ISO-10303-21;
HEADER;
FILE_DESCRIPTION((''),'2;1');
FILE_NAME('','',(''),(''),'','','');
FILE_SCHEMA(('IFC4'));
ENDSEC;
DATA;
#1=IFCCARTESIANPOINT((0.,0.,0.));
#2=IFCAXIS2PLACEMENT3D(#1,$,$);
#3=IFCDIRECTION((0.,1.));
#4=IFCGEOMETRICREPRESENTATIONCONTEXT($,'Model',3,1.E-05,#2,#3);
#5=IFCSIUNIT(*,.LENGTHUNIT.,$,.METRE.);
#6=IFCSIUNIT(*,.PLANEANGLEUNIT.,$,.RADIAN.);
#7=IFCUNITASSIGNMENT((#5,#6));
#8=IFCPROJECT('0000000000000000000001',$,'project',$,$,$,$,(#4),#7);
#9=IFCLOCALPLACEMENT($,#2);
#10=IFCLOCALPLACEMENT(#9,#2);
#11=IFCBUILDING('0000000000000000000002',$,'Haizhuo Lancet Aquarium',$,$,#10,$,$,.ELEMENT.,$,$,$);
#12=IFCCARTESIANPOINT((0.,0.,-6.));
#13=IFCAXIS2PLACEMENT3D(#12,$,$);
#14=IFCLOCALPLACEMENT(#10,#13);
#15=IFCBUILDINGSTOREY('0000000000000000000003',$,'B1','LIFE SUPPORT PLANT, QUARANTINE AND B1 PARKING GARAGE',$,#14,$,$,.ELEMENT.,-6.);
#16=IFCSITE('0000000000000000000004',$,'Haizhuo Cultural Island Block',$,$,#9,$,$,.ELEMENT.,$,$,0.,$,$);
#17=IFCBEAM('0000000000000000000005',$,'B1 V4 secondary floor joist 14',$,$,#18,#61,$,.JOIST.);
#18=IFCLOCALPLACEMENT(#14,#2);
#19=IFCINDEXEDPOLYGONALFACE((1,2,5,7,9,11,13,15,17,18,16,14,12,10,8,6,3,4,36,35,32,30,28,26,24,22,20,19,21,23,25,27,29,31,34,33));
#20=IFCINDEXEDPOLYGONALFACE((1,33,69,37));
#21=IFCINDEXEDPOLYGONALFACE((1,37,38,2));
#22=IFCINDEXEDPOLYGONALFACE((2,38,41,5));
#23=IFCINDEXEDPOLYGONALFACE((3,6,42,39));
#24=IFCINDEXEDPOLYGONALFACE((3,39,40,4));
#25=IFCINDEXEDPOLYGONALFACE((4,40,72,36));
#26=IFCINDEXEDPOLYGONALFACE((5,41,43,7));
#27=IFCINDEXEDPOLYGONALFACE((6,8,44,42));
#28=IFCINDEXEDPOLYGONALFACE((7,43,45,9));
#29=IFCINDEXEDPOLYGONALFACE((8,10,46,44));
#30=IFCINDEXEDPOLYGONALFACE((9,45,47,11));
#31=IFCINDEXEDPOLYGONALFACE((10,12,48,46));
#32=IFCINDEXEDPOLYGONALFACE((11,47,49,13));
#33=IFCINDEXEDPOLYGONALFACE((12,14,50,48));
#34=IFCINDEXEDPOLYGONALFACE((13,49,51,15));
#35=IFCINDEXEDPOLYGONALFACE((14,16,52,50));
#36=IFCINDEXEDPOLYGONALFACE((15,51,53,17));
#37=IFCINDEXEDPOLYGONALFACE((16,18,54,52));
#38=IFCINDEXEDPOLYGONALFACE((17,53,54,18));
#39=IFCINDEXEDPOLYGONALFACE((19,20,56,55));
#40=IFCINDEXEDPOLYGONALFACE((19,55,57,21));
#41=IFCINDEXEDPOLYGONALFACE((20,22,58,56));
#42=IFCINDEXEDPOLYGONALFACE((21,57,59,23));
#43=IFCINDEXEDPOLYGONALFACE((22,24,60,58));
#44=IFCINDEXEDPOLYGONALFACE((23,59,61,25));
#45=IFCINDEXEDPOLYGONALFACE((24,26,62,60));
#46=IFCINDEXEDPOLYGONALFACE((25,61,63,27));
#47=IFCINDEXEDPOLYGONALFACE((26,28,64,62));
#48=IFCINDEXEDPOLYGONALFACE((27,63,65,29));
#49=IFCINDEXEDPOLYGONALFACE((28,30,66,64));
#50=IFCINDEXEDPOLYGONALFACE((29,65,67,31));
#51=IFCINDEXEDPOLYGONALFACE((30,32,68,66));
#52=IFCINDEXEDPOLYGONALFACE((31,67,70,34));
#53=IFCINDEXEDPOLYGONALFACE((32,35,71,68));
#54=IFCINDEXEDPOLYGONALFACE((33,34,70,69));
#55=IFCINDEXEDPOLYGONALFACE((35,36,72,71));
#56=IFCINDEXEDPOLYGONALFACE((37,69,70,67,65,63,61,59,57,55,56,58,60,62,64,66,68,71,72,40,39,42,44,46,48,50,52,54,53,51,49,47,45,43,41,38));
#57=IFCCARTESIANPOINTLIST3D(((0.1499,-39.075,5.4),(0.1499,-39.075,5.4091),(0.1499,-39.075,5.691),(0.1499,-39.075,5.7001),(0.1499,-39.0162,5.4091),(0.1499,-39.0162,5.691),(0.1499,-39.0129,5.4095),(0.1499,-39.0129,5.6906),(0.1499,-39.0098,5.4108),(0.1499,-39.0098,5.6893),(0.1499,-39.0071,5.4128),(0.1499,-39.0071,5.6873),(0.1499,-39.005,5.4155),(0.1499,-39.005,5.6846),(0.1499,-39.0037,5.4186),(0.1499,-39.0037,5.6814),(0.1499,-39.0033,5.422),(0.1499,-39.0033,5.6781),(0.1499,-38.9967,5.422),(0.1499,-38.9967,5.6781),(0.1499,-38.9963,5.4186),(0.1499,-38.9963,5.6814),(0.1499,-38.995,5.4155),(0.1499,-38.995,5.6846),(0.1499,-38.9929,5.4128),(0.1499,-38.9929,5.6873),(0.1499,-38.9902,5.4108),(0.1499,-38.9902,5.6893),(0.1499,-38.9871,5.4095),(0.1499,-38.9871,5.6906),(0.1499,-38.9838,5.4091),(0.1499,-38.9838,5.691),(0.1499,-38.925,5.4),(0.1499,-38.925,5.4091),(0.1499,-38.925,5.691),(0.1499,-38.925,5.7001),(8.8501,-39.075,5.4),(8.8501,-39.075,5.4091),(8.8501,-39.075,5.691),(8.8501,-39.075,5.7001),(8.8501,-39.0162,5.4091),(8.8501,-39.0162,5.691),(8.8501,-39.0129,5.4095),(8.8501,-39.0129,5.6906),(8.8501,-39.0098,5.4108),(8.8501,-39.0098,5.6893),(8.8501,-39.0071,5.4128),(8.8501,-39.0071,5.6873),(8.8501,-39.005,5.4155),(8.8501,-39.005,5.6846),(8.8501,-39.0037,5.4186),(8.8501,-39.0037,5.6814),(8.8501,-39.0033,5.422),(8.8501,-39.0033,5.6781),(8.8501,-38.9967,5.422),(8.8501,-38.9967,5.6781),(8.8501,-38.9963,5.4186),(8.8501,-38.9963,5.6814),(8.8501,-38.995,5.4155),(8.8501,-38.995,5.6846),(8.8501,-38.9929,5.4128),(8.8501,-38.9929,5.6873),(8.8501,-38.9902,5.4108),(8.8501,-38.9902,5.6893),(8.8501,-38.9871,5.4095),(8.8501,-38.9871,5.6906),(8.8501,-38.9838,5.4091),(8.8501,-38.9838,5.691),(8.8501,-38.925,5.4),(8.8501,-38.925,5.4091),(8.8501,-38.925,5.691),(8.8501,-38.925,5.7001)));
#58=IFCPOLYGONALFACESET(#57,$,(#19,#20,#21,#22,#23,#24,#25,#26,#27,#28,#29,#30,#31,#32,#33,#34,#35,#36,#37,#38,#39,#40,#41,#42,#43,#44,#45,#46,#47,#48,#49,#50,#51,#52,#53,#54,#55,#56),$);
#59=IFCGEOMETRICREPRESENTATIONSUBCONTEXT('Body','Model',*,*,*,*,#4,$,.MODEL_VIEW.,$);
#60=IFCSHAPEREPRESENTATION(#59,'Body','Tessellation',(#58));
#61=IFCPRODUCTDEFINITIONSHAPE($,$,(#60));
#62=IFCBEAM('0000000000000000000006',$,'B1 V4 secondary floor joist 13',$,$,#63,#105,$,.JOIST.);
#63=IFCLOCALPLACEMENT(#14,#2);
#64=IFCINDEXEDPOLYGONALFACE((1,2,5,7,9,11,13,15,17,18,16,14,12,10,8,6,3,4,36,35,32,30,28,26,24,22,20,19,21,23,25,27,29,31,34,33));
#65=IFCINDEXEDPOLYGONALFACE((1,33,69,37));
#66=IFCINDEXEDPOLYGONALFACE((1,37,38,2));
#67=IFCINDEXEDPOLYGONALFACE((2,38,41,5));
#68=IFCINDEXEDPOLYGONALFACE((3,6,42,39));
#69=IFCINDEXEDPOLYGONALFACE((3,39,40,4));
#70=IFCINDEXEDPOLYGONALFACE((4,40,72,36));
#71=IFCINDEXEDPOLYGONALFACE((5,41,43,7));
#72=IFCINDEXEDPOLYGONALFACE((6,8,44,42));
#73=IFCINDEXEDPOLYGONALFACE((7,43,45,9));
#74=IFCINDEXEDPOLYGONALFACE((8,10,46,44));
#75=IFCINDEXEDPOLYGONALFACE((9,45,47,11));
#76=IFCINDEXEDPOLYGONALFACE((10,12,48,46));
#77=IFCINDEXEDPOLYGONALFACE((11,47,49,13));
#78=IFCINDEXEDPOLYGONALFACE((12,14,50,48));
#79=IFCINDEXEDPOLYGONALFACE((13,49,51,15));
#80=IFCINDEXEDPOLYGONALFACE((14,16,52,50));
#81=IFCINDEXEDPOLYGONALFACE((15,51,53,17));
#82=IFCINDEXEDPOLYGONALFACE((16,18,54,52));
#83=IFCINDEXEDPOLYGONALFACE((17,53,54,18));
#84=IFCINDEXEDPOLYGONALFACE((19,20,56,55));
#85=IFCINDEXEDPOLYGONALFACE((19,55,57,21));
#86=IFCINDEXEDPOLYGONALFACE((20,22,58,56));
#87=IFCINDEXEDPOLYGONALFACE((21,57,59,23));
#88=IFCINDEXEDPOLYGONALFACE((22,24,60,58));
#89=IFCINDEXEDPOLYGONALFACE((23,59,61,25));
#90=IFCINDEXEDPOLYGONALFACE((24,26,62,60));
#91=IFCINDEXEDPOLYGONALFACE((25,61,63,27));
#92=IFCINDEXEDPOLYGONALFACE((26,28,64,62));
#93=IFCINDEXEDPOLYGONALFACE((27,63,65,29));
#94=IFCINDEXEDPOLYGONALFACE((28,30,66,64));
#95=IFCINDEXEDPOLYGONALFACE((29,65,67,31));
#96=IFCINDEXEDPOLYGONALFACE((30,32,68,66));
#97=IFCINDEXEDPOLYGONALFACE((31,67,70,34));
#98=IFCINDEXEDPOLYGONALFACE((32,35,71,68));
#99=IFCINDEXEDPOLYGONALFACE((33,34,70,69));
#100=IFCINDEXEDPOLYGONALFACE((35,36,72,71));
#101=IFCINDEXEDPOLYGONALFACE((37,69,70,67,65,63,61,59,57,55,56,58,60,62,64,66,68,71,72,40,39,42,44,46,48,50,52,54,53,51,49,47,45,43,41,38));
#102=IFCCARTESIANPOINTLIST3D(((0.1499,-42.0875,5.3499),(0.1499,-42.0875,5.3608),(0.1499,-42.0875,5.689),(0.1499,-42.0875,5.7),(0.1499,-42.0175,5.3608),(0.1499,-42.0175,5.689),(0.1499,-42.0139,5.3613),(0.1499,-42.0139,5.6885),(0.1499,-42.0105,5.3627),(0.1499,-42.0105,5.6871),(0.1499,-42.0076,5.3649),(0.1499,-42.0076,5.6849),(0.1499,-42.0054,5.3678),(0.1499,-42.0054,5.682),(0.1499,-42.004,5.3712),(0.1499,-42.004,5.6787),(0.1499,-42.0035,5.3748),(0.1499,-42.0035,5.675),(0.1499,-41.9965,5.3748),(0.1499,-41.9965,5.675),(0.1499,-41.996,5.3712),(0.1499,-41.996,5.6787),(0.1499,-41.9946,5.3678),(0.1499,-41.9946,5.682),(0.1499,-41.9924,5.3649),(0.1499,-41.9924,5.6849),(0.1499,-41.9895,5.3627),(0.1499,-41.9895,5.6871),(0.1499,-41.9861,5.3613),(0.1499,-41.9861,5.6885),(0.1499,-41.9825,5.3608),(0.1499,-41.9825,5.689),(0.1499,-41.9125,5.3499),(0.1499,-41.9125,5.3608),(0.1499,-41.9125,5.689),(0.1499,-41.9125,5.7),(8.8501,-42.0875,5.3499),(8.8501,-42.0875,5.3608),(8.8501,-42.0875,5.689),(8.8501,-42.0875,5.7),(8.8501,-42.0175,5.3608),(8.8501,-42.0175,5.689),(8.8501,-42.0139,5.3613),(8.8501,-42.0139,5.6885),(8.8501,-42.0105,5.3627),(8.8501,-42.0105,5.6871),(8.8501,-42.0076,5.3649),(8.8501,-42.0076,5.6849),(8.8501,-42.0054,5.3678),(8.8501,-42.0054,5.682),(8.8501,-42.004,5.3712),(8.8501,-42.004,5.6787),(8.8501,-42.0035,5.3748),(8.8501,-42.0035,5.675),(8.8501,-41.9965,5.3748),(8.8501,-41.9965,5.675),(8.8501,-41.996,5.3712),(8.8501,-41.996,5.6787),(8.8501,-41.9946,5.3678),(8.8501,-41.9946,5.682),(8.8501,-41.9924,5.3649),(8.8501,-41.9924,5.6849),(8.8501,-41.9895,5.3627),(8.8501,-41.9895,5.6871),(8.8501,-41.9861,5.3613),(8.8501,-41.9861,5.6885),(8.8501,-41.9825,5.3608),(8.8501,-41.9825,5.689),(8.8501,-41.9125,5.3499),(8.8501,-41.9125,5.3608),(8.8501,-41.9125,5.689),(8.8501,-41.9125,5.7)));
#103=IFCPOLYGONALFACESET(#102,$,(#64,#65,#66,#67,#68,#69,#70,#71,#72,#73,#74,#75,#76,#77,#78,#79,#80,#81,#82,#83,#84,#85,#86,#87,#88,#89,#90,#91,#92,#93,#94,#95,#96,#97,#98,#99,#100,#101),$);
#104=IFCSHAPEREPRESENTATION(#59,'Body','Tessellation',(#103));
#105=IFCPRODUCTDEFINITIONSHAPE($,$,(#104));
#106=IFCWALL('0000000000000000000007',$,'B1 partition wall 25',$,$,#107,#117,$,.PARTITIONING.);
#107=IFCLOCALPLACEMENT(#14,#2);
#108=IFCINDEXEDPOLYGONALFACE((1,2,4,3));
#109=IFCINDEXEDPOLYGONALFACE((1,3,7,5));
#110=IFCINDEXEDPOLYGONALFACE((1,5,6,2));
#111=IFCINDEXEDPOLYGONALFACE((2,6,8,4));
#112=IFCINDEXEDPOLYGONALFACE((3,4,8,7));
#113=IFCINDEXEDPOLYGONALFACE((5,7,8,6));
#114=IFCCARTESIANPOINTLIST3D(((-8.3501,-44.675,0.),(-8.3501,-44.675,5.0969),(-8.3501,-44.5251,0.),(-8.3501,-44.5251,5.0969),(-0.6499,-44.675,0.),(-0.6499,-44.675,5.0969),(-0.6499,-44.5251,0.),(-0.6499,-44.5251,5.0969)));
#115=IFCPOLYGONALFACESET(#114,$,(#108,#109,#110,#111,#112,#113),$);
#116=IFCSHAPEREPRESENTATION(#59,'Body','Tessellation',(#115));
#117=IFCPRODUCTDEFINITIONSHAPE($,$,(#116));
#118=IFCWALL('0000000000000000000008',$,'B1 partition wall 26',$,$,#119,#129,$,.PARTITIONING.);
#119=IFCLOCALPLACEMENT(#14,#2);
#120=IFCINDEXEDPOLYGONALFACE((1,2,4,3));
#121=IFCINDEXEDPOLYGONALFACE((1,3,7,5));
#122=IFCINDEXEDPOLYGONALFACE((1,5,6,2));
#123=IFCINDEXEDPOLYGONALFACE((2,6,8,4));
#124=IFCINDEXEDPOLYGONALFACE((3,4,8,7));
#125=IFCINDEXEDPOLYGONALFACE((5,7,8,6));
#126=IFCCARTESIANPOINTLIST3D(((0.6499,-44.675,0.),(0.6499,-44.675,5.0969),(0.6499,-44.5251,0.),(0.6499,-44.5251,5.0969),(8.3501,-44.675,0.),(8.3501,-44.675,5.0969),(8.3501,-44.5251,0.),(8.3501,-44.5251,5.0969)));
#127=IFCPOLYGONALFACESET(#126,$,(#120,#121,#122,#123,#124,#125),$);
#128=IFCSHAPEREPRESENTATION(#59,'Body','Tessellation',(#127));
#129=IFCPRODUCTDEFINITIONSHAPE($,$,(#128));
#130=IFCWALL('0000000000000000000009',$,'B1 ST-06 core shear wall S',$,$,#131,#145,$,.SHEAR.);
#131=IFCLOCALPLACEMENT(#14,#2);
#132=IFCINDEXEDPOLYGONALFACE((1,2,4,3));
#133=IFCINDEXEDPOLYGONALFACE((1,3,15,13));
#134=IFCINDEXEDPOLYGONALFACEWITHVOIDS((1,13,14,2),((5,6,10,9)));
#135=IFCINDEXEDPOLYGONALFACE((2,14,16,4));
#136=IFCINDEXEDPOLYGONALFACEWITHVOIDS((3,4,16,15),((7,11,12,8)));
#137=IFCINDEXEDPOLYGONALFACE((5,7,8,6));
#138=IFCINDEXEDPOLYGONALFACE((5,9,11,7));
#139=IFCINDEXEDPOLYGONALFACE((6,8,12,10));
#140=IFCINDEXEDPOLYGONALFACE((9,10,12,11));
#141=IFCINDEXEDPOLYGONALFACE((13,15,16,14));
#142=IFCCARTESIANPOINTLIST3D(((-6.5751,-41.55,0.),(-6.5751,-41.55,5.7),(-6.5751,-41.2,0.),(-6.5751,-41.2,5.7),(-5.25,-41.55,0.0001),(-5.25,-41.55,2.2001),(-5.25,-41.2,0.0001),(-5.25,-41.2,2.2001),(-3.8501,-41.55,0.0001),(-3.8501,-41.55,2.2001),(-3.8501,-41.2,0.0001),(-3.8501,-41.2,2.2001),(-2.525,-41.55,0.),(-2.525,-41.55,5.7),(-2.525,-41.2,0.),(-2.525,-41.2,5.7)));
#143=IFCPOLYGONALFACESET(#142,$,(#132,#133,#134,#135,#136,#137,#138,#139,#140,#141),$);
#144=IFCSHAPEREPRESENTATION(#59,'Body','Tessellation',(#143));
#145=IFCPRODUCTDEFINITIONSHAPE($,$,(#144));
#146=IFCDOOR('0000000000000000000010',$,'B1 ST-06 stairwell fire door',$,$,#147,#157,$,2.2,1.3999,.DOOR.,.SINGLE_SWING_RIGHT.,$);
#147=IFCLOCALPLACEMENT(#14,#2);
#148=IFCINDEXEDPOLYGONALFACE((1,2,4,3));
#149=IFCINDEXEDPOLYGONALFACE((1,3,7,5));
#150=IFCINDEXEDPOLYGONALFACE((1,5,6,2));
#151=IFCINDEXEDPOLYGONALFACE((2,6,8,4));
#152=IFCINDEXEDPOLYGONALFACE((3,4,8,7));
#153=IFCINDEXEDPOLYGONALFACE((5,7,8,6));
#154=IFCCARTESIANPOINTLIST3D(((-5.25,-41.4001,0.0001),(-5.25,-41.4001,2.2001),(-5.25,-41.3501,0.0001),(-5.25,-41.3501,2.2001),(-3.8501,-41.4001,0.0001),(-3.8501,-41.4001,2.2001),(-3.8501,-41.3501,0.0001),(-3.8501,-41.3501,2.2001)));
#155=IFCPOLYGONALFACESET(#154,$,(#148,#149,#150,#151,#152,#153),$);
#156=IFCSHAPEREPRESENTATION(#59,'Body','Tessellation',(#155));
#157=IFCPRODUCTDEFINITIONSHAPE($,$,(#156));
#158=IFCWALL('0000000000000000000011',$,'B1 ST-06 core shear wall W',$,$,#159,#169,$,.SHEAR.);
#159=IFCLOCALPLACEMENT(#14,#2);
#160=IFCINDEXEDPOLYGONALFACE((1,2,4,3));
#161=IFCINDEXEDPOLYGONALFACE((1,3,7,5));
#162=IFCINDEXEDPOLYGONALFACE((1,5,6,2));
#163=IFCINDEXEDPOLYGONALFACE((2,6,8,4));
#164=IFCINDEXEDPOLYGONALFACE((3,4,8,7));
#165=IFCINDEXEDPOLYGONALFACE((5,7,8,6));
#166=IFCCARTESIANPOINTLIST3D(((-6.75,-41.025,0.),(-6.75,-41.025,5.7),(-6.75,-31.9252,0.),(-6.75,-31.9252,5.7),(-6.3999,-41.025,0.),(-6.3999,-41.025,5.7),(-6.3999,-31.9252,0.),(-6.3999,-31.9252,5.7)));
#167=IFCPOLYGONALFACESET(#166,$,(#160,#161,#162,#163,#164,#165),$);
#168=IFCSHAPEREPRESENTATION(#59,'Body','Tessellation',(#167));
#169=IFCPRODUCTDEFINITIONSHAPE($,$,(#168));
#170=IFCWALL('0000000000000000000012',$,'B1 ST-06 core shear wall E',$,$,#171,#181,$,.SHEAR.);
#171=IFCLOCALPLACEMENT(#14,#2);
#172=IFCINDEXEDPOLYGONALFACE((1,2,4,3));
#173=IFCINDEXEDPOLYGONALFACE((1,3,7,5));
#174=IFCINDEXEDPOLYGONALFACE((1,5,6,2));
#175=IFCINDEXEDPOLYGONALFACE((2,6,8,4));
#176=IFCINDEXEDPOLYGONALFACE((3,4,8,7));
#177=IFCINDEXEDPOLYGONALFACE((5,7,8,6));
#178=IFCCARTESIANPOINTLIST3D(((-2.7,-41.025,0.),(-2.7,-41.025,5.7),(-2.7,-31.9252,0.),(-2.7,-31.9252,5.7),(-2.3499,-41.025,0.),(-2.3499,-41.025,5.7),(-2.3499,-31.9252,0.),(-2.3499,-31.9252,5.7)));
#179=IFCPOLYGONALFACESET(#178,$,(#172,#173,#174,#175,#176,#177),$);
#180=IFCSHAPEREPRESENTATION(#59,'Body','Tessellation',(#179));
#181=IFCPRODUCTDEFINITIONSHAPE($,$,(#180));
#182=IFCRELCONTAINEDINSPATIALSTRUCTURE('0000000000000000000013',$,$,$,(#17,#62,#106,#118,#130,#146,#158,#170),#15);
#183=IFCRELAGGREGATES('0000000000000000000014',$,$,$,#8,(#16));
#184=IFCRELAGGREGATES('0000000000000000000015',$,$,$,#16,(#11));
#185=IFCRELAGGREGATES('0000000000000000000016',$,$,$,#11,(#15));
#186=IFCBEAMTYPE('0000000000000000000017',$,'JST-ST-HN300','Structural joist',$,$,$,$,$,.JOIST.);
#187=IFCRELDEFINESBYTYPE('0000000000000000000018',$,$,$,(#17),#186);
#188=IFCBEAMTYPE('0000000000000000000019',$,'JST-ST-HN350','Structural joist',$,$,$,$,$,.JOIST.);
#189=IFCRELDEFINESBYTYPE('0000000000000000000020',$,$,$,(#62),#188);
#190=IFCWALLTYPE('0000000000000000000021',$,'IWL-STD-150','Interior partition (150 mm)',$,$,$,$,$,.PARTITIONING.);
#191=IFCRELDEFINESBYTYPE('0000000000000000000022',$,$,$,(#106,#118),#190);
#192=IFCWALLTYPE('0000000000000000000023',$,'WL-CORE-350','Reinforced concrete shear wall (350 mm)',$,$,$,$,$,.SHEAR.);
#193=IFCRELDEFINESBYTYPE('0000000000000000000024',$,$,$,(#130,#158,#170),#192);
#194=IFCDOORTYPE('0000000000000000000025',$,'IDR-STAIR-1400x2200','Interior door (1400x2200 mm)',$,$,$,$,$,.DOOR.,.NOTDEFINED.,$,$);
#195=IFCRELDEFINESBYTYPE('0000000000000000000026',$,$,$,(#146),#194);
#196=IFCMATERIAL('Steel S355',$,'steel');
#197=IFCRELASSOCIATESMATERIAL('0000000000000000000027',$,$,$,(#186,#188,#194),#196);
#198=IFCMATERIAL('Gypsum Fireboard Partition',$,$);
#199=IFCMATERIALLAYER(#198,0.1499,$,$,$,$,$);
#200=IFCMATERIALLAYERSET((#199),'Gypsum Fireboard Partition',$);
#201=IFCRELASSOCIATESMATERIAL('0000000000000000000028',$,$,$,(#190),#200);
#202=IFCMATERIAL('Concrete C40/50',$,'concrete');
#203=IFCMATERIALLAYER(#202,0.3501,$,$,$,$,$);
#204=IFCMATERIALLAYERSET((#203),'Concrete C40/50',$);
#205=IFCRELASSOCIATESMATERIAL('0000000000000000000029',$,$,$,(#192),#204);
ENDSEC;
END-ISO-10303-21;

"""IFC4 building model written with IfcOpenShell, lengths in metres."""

from ifc_helpers import new_model, si_unit, direction, frame, frame_2d, origin, origin_2d, place, context, subcontext, project, spatial, rectangle, i_section, extrude, material, layer, layer_set, material_profile, profile_set, type_object, element, fill, save


model = new_model("IFC4")

# Units and contexts
model_context = context("Model", 3, precision=1e-05, world=origin(), true_north=direction((0.0, 1.0)))
body_context = subcontext(model_context, "Body", "Model", "MODEL_VIEW")
ifc_project = project(units=[si_unit("LENGTHUNIT", "METRE"), si_unit("PLANEANGLEUNIT", "RADIAN")], contexts=[model_context])

# Site, building, storey
site_placement = place(None, origin())
site = spatial("IfcSite", under=ifc_project, at=site_placement, Name="Haizhuo Cultural Island Block", CompositionType="ELEMENT", RefElevation=0.0)
building_placement = place(site_placement, origin())
building = spatial("IfcBuilding", under=site, at=building_placement, Name="Haizhuo Lancet Aquarium", CompositionType="ELEMENT")
storey_placement = place(building_placement, frame((0.0, 0.0, -6.0)))
storey = spatial("IfcBuildingStorey", under=building, at=storey_placement, Name="B1", Description="LIFE SUPPORT PLANT, QUARANTINE AND B1 PARKING GARAGE", CompositionType="ELEMENT", Elevation=-6.0)

# Shared definitions
ifc_material_1 = material(Name="Concrete C40/50", Category="concrete")

# Shared definitions
ifc_material_2 = material(Name="Steel S355", Category="steel")

# Beams
ifc_material_profile_1 = material_profile(ifc_material_2, i_section(OverallWidth=0.1499, OverallDepth=0.3, WebThickness=0.0066, FlangeThickness=0.009, FilletRadius=0.0129, at=origin_2d()), Name="HN 300x150x6.5x9")
ifc_profile_set_1 = profile_set([ifc_material_profile_1], Name="Steel S355")
beam_type_1 = type_object("IfcBeamType", Name="JST-ST-HN300", Description="Structural joist", PredefinedType="JOIST", material=ifc_profile_set_1)
for number, where, z_axis, x_axis, name in (
    (1, (0.1499, -39.0, 5.55), (1.0, 0.0, 0.0), (0.0, 1.0, 0.0), "B1 V4 secondary floor joist 14"),
):
    element("IfcBeam", number, at=place(storey_placement, frame(where, z_axis=z_axis, x_axis=x_axis)), inside=storey, type_object=beam_type_1, Name=name, PredefinedType="JOIST", context=body_context, shape_type="SweptSolid", body=[
        extrude(i_section(OverallWidth=0.1499, OverallDepth=0.3, WebThickness=0.0066, FlangeThickness=0.009, FilletRadius=0.0129, at=origin_2d()), origin(), (0.0, 0.0, 1.0), 8.7002),
    ])
ifc_material_profile_2 = material_profile(ifc_material_2, i_section(OverallWidth=0.175, OverallDepth=0.3501, WebThickness=0.0071, FlangeThickness=0.011, FilletRadius=0.0139, at=origin_2d()), Name="HN 350x175x7x11")
ifc_profile_set_2 = profile_set([ifc_material_profile_2], Name="Steel S355")
beam_type_2 = type_object("IfcBeamType", Name="JST-ST-HN350", Description="Structural joist", PredefinedType="JOIST", material=ifc_profile_set_2)
beam_1_placement = place(storey_placement, frame((0.1499, -42.0, 5.5249), z_axis=(1.0, 0.0, 0.0), x_axis=(0.0, 1.0, 0.0)))
element("IfcBeam", 2, at=beam_1_placement, inside=storey, type_object=beam_type_2, Name="B1 V4 secondary floor joist 13", PredefinedType="JOIST", context=body_context, shape_type="SweptSolid", body=[
    extrude(i_section(OverallWidth=0.175, OverallDepth=0.3501, WebThickness=0.0071, FlangeThickness=0.011, FilletRadius=0.0139, at=origin_2d()), origin(), (0.0, 0.0, 1.0), 8.7002),
])

# Walls
ifc_material_3 = material(Name="Gypsum Fireboard Partition")
ifc_layer_1 = layer(ifc_material_3, 0.1499)
ifc_layer_set_1 = layer_set([ifc_layer_1], Name="Gypsum Fireboard Partition")
wall_type_1 = type_object("IfcWallType", Name="IWL-STD-150", Description="Interior partition (150 mm)", PredefinedType="PARTITIONING", material=ifc_layer_set_1)
for number, where, z_axis, x_axis, name in (
    (3, (-8.3501, -44.6001, 0.0), (0.0, 0.0, 1.0), (1.0, 0.0, 0.0), "B1 partition wall 25"),
    (4, (0.6499, -44.6001, 0.0), (0.0, 0.0, 1.0), (1.0, 0.0, 0.0), "B1 partition wall 26"),
):
    element("IfcWall", number, at=place(storey_placement, frame(where, z_axis=z_axis, x_axis=x_axis)), inside=storey, type_object=wall_type_1, Name=name, PredefinedType="PARTITIONING", context=body_context, shape_type="SweptSolid", body=[
        extrude(rectangle(XDim=7.7002, YDim=0.1499, at=frame_2d((3.8501, 0.0))), origin(), (0.0, 0.0, 1.0), 5.0969),
    ])

# Wall, opening, door
ifc_layer_2 = layer(ifc_material_1, 0.3501)
ifc_layer_set_2 = layer_set([ifc_layer_2], Name="Concrete C40/50")
wall_type_2 = type_object("IfcWallType", Name="WL-CORE-350", Description="Reinforced concrete shear wall (350 mm)", PredefinedType="SHEAR", material=ifc_layer_set_2)
wall_1_placement = place(storey_placement, frame((-6.575, -41.375, 0.0), z_axis=(0.0, 0.0, 1.0), x_axis=(1.0, 0.0, 0.0)))
wall_1 = element("IfcWall", 5, at=wall_1_placement, inside=storey, type_object=wall_type_2, Name="B1 ST-06 core shear wall S", PredefinedType="SHEAR", context=body_context, shape_type="SweptSolid", body=[
    extrude(rectangle(XDim=4.05, YDim=0.3501, at=frame_2d((2.0249, 0.0))), origin(), (0.0, 0.0, 1.0), 5.7),
])
opening_placement = place(wall_1_placement, frame((1.325, 0.0, 0.0)))
opening = element("IfcOpeningElement", 6, at=opening_placement, cuts=wall_1, PredefinedType="OPENING", context=body_context, shape_type="SweptSolid", body=[
    extrude(rectangle(XDim=1.3999, YDim=2.2, at=frame_2d((0.7, 1.1001))), frame((0.0, 0.1851, 0.0), z_axis=(0.0, -1.0, 0.0), x_axis=(1.0, 0.0, 0.0)), (0.0, 0.0, 1.0), 0.3701),
])
door_type = type_object("IfcDoorType", Name="IDR-STAIR-1400x2200", Description="Interior door (1400x2200 mm)", OperationType="NOTDEFINED", PredefinedType="DOOR", material=ifc_material_2)
door_placement = place(opening_placement, origin())
door = element("IfcDoor", 7, at=door_placement, inside=storey, type_object=door_type, Name="B1 ST-06 stairwell fire door", OperationType="SINGLE_SWING_RIGHT", OverallHeight=2.2, OverallWidth=1.3999, PredefinedType="DOOR", context=body_context, shape_type="SweptSolid", body=[
    extrude(rectangle(XDim=1.3999, YDim=2.2, at=frame_2d((0.7, 1.1001))), frame((0.0, 0.0249, 0.0), z_axis=(0.0, -1.0, 0.0), x_axis=(1.0, 0.0, 0.0)), (0.0, 0.0, 1.0), 0.05),
])
fill(opening, door)

# Walls
for number, where, z_axis, x_axis, name in (
    (8, (-6.575, -41.0249, 0.0), (0.0, 0.0, 1.0), (0.0, 1.0, 0.0), "B1 ST-06 core shear wall W"),
    (9, (-2.5249, -41.0249, 0.0), (0.0, 0.0, 1.0), (0.0, 1.0, 0.0), "B1 ST-06 core shear wall E"),
):
    element("IfcWall", number, at=place(storey_placement, frame(where, z_axis=z_axis, x_axis=x_axis)), inside=storey, type_object=wall_type_2, Name=name, PredefinedType="SHEAR", context=body_context, shape_type="SweptSolid", body=[
        extrude(rectangle(XDim=9.0999, YDim=0.3501, at=frame_2d((4.5498, 0.0))), origin(), (0.0, 0.0, 1.0), 5.7),
    ])

save(model, "model.ifc")
